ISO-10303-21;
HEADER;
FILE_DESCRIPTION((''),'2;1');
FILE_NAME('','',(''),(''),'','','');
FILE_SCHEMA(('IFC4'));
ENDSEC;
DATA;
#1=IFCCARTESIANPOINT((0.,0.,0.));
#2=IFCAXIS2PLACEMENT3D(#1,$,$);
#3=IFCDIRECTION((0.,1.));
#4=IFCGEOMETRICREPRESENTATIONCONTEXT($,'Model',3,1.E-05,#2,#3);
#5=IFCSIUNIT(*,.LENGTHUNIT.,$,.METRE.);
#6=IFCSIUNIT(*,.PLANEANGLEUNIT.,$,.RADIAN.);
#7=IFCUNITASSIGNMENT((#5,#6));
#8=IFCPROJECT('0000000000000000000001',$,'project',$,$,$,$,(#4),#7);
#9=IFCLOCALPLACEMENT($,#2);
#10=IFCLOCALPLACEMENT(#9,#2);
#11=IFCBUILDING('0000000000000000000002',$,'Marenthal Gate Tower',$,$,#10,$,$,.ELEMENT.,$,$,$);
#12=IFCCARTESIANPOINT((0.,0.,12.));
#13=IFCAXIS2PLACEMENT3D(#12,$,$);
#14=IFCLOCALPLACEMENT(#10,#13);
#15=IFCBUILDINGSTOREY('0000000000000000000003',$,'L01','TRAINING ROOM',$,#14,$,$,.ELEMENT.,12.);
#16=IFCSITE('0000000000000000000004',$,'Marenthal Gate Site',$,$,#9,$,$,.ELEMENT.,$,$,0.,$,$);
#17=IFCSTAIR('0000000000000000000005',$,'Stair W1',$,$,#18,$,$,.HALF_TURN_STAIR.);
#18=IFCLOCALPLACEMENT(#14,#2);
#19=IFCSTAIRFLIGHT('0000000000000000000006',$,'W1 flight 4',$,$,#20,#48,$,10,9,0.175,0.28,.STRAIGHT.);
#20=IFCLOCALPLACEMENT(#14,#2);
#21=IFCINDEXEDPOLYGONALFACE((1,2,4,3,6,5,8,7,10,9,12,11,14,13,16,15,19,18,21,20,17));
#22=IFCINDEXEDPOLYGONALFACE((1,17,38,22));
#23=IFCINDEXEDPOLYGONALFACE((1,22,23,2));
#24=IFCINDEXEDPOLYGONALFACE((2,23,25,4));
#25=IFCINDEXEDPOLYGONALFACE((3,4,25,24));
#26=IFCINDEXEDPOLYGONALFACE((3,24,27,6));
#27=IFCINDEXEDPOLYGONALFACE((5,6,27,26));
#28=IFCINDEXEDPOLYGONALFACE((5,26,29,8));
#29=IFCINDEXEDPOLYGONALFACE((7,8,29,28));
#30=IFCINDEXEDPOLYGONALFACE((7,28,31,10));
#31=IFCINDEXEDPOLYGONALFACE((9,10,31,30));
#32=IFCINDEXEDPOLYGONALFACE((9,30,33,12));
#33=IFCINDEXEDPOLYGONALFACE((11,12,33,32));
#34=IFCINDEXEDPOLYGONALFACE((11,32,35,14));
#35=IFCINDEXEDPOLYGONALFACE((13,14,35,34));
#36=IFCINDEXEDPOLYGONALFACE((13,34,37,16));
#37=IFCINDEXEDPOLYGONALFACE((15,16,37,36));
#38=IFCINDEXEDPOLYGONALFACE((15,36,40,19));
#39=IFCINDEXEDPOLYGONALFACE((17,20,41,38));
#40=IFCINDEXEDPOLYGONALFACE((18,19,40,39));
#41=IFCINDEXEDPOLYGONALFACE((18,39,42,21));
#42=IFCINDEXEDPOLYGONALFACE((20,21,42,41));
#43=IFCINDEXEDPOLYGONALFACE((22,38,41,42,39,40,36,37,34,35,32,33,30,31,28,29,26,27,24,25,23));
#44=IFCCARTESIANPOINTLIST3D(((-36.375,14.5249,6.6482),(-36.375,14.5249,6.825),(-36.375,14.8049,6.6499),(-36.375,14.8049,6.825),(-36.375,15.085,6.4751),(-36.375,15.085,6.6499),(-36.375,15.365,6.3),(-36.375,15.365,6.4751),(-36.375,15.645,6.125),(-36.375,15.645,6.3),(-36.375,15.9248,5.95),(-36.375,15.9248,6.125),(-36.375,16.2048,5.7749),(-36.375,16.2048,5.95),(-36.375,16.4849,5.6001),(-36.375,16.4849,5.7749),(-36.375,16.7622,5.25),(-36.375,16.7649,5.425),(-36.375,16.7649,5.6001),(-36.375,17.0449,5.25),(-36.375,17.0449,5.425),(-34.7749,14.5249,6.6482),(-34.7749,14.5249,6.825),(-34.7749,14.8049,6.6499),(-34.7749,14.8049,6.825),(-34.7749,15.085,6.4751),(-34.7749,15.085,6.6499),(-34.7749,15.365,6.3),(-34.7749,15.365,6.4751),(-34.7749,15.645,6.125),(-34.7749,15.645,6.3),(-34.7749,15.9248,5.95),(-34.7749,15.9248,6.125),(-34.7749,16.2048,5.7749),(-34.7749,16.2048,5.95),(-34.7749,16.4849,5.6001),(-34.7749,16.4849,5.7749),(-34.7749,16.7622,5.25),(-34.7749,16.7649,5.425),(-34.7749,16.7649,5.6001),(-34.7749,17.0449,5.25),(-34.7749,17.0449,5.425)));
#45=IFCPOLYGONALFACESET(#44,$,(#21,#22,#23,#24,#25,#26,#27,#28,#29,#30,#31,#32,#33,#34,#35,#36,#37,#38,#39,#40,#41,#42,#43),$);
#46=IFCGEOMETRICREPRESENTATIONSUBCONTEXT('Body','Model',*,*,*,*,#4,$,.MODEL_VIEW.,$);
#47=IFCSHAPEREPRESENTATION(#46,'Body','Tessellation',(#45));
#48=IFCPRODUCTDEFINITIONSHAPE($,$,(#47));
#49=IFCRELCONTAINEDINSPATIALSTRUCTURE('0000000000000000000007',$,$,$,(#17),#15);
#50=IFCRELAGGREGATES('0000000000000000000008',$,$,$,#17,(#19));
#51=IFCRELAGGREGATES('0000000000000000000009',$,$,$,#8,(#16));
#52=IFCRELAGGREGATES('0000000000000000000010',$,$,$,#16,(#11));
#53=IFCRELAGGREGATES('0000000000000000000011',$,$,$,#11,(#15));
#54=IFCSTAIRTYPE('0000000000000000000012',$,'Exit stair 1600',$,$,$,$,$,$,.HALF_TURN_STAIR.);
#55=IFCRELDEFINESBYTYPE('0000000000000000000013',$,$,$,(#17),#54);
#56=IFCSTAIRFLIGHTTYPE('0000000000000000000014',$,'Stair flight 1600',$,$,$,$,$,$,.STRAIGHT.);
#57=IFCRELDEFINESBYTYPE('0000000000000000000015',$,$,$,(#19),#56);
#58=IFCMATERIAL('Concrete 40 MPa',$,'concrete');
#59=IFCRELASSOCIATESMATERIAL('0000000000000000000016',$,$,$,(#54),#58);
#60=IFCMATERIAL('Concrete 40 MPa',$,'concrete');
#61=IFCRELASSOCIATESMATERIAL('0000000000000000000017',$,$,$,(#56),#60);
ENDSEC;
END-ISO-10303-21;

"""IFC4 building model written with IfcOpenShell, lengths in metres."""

from ifc_helpers import new_model, si_unit, direction, frame, origin, place, context, subcontext, project, spatial, polyline, outline, extrude, material, type_object, element, aggregate, save


model = new_model("IFC4")

# Units and contexts
model_context = context("Model", 3, precision=1e-05, world=origin(), true_north=direction((0.0, 1.0)))
body_context = subcontext(model_context, "Body", "Model", "MODEL_VIEW")
ifc_project = project(units=[si_unit("LENGTHUNIT", "METRE"), si_unit("PLANEANGLEUNIT", "RADIAN")], contexts=[model_context])

# Site, building, storey
site_placement = place(None, origin())
site = spatial("IfcSite", under=ifc_project, at=site_placement, Name="Marenthal Gate Site", CompositionType="ELEMENT", RefElevation=0.0)
building_placement = place(site_placement, origin())
building = spatial("IfcBuilding", under=site, at=building_placement, Name="Marenthal Gate Tower", CompositionType="ELEMENT")
storey_placement = place(building_placement, frame((0.0, 0.0, 12.0)))
storey = spatial("IfcBuildingStorey", under=building, at=storey_placement, Name="L01", Description="TRAINING ROOM", CompositionType="ELEMENT", Elevation=12.0)

# Stair, stair flight
ifc_material_1 = material(Name="Concrete 40 MPa", Category="concrete")
stair_type = type_object("IfcStairType", Name="Exit stair 1600", PredefinedType="HALF_TURN_STAIR", material=ifc_material_1)
stair_placement = place(storey_placement, origin())
stair = element("IfcStair", 1, at=stair_placement, inside=storey, type_object=stair_type, Name="Stair W1", PredefinedType="HALF_TURN_STAIR")
ifc_material_2 = material(Name="Concrete 40 MPa", Category="concrete")
stair_flight_type = type_object("IfcStairFlightType", Name="Stair flight 1600", PredefinedType="STRAIGHT", material=ifc_material_2)
stair_flight_1_placement = place(storey_placement, frame((-35.575, 17.0449, 5.25), z_axis=(0.0, 0.0, 1.0), x_axis=(0.0, -1.0, 0.0)))
stair_flight_1 = element("IfcStairFlight", 2, at=stair_flight_1_placement, type_object=stair_flight_type, Name="W1 flight 4", NumberOfRisers=10, NumberOfTreads=9, PredefinedType="STRAIGHT", RiserHeight=0.175, TreadLength=0.28, context=body_context, shape_type="SweptSolid", body=[
    extrude(outline(polyline([(0.0, 0.0), (0.0, 0.175), (0.28, 0.175), (0.28, 0.3501), (0.5601, 0.3501), (0.5601, 0.5249), (0.8401, 0.5249), (0.8401, 0.7), (1.1201, 0.7), (1.1201, 0.875), (1.3999, 0.875), (1.3999, 1.05), (1.6799, 1.05), (1.6799, 1.2251), (1.96, 1.2251), (1.96, 1.3999), (2.24, 1.3999), (2.24, 1.575), (2.52, 1.575), (2.52, 1.75), (2.52, 1.3982), (0.2827, 0.0), (0.0, 0.0)])), frame((0.0, 0.8, 0.0), z_axis=(0.0, -1.0, 0.0), x_axis=(1.0, 0.0, 0.0)), (0.0, 0.0, 1.0), 1.6001),
])
aggregate(stair, [stair_flight_1])

save(model, "model.ifc")
